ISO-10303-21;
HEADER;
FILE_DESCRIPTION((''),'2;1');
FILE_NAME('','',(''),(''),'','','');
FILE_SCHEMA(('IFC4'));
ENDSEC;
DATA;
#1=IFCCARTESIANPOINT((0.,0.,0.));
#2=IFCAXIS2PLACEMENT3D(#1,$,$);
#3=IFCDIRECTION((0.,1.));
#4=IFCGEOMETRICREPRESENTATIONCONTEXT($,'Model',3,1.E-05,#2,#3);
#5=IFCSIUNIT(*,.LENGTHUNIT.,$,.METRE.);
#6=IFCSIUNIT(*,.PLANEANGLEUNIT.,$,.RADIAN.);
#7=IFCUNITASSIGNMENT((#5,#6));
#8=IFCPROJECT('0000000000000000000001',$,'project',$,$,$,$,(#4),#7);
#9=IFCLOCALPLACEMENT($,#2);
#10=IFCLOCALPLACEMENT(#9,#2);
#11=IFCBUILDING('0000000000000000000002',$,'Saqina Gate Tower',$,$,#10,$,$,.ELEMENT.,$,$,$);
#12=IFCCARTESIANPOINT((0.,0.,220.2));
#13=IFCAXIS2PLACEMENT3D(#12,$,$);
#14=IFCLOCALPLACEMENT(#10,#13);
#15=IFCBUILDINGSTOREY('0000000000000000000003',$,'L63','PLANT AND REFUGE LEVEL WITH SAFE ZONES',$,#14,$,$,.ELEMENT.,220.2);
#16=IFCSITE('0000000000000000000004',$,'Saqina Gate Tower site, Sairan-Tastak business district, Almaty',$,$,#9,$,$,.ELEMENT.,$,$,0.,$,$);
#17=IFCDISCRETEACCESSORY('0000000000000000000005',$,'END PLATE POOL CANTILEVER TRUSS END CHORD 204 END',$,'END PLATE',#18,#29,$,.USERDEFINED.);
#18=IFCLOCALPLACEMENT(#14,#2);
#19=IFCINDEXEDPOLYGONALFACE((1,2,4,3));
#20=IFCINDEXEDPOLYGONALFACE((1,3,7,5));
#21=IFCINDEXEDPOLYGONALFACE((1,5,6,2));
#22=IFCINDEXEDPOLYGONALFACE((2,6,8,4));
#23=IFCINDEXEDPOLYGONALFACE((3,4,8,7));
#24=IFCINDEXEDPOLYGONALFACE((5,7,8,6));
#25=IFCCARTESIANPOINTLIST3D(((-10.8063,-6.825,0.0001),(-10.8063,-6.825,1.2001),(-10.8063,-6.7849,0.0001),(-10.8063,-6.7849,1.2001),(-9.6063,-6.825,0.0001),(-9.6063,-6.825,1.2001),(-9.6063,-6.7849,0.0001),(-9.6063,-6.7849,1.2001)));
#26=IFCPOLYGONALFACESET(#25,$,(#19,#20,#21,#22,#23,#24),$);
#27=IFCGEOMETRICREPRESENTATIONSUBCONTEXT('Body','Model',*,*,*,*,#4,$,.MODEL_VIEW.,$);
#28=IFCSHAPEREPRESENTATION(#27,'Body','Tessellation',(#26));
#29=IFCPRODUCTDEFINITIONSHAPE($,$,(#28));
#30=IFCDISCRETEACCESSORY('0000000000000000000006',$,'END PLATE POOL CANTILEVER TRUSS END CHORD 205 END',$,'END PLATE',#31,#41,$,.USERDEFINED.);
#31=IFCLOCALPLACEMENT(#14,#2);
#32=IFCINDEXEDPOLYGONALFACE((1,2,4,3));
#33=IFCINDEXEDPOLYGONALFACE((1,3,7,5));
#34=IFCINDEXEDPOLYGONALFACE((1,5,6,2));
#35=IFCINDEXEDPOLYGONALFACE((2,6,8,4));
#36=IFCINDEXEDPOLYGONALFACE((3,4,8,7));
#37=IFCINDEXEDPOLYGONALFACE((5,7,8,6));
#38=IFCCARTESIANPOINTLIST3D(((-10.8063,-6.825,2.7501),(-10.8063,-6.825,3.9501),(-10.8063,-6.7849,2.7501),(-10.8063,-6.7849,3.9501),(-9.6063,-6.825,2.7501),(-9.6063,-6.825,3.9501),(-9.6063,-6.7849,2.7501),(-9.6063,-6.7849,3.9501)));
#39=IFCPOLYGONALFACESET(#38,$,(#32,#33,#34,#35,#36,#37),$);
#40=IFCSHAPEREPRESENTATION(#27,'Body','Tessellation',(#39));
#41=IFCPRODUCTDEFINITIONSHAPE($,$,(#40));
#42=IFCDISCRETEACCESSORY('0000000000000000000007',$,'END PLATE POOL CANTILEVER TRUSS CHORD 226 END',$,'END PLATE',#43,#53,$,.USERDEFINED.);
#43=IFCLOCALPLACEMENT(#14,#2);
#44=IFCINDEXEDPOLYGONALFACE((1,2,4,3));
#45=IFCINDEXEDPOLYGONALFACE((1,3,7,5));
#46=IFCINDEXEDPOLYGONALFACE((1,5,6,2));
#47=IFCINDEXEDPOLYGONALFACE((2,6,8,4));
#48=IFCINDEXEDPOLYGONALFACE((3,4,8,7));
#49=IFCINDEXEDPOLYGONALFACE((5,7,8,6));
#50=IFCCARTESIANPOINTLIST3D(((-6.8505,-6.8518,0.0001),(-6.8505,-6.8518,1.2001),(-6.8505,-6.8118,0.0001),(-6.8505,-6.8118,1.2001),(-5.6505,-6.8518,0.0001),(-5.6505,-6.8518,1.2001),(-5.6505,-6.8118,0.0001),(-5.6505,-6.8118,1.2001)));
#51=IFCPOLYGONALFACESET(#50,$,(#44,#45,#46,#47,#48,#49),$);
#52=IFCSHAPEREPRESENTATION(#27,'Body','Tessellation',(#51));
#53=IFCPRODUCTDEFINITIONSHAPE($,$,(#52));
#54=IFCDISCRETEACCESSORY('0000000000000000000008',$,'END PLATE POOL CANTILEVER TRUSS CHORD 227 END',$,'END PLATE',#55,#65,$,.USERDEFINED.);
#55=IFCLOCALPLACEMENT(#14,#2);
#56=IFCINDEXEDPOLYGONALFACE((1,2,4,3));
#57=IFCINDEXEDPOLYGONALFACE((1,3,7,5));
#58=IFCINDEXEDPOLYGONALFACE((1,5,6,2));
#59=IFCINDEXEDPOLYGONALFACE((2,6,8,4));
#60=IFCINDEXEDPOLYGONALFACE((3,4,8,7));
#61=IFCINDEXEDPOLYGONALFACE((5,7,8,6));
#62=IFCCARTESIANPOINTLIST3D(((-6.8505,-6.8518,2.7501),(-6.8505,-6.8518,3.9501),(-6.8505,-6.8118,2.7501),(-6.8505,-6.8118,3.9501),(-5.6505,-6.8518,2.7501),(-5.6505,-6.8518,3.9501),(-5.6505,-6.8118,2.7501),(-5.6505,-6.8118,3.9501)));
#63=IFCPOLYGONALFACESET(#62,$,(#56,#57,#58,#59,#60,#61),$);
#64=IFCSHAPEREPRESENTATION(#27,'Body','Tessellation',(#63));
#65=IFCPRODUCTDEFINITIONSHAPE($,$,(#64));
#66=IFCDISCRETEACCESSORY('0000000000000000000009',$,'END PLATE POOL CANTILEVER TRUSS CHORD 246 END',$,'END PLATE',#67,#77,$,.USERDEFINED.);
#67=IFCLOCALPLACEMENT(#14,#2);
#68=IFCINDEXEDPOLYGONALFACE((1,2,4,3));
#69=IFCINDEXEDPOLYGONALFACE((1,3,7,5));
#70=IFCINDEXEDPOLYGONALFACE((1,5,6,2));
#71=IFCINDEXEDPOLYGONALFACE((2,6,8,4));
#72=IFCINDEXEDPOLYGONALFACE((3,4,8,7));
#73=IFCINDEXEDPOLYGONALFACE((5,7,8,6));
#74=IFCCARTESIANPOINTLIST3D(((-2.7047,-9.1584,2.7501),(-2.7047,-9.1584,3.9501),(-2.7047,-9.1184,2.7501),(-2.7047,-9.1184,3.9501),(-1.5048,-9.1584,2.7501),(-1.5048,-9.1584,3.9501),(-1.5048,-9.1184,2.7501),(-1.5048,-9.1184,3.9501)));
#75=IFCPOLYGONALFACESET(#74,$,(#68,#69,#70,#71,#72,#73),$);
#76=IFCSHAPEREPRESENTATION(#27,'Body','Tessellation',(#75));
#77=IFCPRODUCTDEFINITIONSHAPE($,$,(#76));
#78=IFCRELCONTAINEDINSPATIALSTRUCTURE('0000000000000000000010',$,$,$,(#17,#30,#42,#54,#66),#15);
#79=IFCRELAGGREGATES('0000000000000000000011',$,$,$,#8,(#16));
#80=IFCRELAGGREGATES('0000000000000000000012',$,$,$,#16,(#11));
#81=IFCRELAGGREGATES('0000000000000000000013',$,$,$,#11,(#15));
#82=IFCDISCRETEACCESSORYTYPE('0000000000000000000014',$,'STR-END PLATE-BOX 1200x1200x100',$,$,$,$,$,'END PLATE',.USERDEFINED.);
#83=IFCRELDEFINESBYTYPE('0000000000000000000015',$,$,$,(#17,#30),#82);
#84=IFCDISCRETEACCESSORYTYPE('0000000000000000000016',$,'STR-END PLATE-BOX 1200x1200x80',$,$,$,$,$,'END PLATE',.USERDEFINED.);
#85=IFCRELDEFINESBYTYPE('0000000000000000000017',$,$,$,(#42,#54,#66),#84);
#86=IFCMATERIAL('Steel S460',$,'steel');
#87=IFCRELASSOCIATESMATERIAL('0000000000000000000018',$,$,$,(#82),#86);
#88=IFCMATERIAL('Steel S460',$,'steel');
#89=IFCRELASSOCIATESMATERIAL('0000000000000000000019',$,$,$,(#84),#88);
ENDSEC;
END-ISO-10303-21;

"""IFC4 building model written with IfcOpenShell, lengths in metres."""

from ifc_helpers import new_model, si_unit, direction, frame, origin, origin_2d, place, context, subcontext, project, spatial, rectangle, extrude, material, material_profile, profile_set, type_object, element, save


model = new_model("IFC4")

# Units and contexts
model_context = context("Model", 3, precision=1e-05, world=origin(), true_north=direction((0.0, 1.0)))
body_context = subcontext(model_context, "Body", "Model", "MODEL_VIEW")
ifc_project = project(units=[si_unit("LENGTHUNIT", "METRE"), si_unit("PLANEANGLEUNIT", "RADIAN")], contexts=[model_context])

# Site, building, storey
site_placement = place(None, origin())
site = spatial("IfcSite", under=ifc_project, at=site_placement, Name="Saqina Gate Tower site, Sairan-Tastak business district, Almaty", CompositionType="ELEMENT", RefElevation=0.0)
building_placement = place(site_placement, origin())
building = spatial("IfcBuilding", under=site, at=building_placement, Name="Saqina Gate Tower", CompositionType="ELEMENT")
storey_placement = place(building_placement, frame((0.0, 0.0, 220.2)))
storey = spatial("IfcBuildingStorey", under=building, at=storey_placement, Name="L63", Description="PLANT AND REFUGE LEVEL WITH SAFE ZONES", CompositionType="ELEMENT", Elevation=220.2)

# Discrete accessories
ifc_material_1 = material(Name="Steel S460", Category="steel")
ifc_material_profile_1 = material_profile(ifc_material_1, rectangle(XDim=1.2, YDim=1.2, at=origin_2d()), Name="STR-END PLATE-BOX 1200x1200x100")
ifc_profile_set_1 = profile_set([ifc_material_profile_1], Name="Steel S460")
discrete_accessory_type_1 = type_object("IfcDiscreteAccessoryType", Name="STR-END PLATE-BOX 1200x1200x100", ElementType="END PLATE", PredefinedType="USERDEFINED", material=ifc_profile_set_1)
for number, where, z_axis, x_axis, name in (
    (1, (-10.2063, -6.825, 0.6001), (0.0, 1.0, 0.0), (-1.0, 0.0, 0.0), "END PLATE POOL CANTILEVER TRUSS END CHORD 204 END"),
    (2, (-10.2063, -6.825, 3.3501), (0.0, 1.0, 0.0), (-1.0, 0.0, 0.0), "END PLATE POOL CANTILEVER TRUSS END CHORD 205 END"),
):
    element("IfcDiscreteAccessory", number, at=place(storey_placement, frame(where, z_axis=z_axis, x_axis=x_axis)), inside=storey, type_object=discrete_accessory_type_1, Name=name, ObjectType="END PLATE", PredefinedType="USERDEFINED", context=body_context, shape_type="SweptSolid", body=[
        extrude(rectangle(XDim=1.2, YDim=1.2, at=origin_2d()), origin(), (0.0, 0.0, 1.0), 0.04),
    ])
ifc_material_2 = material(Name="Steel S460", Category="steel")
ifc_material_profile_2 = material_profile(ifc_material_2, rectangle(XDim=1.2, YDim=1.2, at=origin_2d()), Name="STR-END PLATE-BOX 1200x1200x80")
ifc_profile_set_2 = profile_set([ifc_material_profile_2], Name="Steel S460")
discrete_accessory_type_2 = type_object("IfcDiscreteAccessoryType", Name="STR-END PLATE-BOX 1200x1200x80", ElementType="END PLATE", PredefinedType="USERDEFINED", material=ifc_profile_set_2)
for number, where, z_axis, x_axis, name in (
    (3, (-6.2505, -6.8518, 0.6001), (0.0, 1.0, 0.0), (-1.0, 0.0, 0.0), "END PLATE POOL CANTILEVER TRUSS CHORD 226 END"),
    (4, (-6.2505, -6.8518, 3.3501), (0.0, 1.0, 0.0), (-1.0, 0.0, 0.0), "END PLATE POOL CANTILEVER TRUSS CHORD 227 END"),
    (5, (-2.1047, -9.1584, 3.3501), (0.0, 1.0, 0.0), (-1.0, 0.0, 0.0), "END PLATE POOL CANTILEVER TRUSS CHORD 246 END"),
):
    element("IfcDiscreteAccessory", number, at=place(storey_placement, frame(where, z_axis=z_axis, x_axis=x_axis)), inside=storey, type_object=discrete_accessory_type_2, Name=name, ObjectType="END PLATE", PredefinedType="USERDEFINED", context=body_context, shape_type="SweptSolid", body=[
        extrude(rectangle(XDim=1.2, YDim=1.2, at=origin_2d()), origin(), (0.0, 0.0, 1.0), 0.04),
    ])

save(model, "model.ifc")
